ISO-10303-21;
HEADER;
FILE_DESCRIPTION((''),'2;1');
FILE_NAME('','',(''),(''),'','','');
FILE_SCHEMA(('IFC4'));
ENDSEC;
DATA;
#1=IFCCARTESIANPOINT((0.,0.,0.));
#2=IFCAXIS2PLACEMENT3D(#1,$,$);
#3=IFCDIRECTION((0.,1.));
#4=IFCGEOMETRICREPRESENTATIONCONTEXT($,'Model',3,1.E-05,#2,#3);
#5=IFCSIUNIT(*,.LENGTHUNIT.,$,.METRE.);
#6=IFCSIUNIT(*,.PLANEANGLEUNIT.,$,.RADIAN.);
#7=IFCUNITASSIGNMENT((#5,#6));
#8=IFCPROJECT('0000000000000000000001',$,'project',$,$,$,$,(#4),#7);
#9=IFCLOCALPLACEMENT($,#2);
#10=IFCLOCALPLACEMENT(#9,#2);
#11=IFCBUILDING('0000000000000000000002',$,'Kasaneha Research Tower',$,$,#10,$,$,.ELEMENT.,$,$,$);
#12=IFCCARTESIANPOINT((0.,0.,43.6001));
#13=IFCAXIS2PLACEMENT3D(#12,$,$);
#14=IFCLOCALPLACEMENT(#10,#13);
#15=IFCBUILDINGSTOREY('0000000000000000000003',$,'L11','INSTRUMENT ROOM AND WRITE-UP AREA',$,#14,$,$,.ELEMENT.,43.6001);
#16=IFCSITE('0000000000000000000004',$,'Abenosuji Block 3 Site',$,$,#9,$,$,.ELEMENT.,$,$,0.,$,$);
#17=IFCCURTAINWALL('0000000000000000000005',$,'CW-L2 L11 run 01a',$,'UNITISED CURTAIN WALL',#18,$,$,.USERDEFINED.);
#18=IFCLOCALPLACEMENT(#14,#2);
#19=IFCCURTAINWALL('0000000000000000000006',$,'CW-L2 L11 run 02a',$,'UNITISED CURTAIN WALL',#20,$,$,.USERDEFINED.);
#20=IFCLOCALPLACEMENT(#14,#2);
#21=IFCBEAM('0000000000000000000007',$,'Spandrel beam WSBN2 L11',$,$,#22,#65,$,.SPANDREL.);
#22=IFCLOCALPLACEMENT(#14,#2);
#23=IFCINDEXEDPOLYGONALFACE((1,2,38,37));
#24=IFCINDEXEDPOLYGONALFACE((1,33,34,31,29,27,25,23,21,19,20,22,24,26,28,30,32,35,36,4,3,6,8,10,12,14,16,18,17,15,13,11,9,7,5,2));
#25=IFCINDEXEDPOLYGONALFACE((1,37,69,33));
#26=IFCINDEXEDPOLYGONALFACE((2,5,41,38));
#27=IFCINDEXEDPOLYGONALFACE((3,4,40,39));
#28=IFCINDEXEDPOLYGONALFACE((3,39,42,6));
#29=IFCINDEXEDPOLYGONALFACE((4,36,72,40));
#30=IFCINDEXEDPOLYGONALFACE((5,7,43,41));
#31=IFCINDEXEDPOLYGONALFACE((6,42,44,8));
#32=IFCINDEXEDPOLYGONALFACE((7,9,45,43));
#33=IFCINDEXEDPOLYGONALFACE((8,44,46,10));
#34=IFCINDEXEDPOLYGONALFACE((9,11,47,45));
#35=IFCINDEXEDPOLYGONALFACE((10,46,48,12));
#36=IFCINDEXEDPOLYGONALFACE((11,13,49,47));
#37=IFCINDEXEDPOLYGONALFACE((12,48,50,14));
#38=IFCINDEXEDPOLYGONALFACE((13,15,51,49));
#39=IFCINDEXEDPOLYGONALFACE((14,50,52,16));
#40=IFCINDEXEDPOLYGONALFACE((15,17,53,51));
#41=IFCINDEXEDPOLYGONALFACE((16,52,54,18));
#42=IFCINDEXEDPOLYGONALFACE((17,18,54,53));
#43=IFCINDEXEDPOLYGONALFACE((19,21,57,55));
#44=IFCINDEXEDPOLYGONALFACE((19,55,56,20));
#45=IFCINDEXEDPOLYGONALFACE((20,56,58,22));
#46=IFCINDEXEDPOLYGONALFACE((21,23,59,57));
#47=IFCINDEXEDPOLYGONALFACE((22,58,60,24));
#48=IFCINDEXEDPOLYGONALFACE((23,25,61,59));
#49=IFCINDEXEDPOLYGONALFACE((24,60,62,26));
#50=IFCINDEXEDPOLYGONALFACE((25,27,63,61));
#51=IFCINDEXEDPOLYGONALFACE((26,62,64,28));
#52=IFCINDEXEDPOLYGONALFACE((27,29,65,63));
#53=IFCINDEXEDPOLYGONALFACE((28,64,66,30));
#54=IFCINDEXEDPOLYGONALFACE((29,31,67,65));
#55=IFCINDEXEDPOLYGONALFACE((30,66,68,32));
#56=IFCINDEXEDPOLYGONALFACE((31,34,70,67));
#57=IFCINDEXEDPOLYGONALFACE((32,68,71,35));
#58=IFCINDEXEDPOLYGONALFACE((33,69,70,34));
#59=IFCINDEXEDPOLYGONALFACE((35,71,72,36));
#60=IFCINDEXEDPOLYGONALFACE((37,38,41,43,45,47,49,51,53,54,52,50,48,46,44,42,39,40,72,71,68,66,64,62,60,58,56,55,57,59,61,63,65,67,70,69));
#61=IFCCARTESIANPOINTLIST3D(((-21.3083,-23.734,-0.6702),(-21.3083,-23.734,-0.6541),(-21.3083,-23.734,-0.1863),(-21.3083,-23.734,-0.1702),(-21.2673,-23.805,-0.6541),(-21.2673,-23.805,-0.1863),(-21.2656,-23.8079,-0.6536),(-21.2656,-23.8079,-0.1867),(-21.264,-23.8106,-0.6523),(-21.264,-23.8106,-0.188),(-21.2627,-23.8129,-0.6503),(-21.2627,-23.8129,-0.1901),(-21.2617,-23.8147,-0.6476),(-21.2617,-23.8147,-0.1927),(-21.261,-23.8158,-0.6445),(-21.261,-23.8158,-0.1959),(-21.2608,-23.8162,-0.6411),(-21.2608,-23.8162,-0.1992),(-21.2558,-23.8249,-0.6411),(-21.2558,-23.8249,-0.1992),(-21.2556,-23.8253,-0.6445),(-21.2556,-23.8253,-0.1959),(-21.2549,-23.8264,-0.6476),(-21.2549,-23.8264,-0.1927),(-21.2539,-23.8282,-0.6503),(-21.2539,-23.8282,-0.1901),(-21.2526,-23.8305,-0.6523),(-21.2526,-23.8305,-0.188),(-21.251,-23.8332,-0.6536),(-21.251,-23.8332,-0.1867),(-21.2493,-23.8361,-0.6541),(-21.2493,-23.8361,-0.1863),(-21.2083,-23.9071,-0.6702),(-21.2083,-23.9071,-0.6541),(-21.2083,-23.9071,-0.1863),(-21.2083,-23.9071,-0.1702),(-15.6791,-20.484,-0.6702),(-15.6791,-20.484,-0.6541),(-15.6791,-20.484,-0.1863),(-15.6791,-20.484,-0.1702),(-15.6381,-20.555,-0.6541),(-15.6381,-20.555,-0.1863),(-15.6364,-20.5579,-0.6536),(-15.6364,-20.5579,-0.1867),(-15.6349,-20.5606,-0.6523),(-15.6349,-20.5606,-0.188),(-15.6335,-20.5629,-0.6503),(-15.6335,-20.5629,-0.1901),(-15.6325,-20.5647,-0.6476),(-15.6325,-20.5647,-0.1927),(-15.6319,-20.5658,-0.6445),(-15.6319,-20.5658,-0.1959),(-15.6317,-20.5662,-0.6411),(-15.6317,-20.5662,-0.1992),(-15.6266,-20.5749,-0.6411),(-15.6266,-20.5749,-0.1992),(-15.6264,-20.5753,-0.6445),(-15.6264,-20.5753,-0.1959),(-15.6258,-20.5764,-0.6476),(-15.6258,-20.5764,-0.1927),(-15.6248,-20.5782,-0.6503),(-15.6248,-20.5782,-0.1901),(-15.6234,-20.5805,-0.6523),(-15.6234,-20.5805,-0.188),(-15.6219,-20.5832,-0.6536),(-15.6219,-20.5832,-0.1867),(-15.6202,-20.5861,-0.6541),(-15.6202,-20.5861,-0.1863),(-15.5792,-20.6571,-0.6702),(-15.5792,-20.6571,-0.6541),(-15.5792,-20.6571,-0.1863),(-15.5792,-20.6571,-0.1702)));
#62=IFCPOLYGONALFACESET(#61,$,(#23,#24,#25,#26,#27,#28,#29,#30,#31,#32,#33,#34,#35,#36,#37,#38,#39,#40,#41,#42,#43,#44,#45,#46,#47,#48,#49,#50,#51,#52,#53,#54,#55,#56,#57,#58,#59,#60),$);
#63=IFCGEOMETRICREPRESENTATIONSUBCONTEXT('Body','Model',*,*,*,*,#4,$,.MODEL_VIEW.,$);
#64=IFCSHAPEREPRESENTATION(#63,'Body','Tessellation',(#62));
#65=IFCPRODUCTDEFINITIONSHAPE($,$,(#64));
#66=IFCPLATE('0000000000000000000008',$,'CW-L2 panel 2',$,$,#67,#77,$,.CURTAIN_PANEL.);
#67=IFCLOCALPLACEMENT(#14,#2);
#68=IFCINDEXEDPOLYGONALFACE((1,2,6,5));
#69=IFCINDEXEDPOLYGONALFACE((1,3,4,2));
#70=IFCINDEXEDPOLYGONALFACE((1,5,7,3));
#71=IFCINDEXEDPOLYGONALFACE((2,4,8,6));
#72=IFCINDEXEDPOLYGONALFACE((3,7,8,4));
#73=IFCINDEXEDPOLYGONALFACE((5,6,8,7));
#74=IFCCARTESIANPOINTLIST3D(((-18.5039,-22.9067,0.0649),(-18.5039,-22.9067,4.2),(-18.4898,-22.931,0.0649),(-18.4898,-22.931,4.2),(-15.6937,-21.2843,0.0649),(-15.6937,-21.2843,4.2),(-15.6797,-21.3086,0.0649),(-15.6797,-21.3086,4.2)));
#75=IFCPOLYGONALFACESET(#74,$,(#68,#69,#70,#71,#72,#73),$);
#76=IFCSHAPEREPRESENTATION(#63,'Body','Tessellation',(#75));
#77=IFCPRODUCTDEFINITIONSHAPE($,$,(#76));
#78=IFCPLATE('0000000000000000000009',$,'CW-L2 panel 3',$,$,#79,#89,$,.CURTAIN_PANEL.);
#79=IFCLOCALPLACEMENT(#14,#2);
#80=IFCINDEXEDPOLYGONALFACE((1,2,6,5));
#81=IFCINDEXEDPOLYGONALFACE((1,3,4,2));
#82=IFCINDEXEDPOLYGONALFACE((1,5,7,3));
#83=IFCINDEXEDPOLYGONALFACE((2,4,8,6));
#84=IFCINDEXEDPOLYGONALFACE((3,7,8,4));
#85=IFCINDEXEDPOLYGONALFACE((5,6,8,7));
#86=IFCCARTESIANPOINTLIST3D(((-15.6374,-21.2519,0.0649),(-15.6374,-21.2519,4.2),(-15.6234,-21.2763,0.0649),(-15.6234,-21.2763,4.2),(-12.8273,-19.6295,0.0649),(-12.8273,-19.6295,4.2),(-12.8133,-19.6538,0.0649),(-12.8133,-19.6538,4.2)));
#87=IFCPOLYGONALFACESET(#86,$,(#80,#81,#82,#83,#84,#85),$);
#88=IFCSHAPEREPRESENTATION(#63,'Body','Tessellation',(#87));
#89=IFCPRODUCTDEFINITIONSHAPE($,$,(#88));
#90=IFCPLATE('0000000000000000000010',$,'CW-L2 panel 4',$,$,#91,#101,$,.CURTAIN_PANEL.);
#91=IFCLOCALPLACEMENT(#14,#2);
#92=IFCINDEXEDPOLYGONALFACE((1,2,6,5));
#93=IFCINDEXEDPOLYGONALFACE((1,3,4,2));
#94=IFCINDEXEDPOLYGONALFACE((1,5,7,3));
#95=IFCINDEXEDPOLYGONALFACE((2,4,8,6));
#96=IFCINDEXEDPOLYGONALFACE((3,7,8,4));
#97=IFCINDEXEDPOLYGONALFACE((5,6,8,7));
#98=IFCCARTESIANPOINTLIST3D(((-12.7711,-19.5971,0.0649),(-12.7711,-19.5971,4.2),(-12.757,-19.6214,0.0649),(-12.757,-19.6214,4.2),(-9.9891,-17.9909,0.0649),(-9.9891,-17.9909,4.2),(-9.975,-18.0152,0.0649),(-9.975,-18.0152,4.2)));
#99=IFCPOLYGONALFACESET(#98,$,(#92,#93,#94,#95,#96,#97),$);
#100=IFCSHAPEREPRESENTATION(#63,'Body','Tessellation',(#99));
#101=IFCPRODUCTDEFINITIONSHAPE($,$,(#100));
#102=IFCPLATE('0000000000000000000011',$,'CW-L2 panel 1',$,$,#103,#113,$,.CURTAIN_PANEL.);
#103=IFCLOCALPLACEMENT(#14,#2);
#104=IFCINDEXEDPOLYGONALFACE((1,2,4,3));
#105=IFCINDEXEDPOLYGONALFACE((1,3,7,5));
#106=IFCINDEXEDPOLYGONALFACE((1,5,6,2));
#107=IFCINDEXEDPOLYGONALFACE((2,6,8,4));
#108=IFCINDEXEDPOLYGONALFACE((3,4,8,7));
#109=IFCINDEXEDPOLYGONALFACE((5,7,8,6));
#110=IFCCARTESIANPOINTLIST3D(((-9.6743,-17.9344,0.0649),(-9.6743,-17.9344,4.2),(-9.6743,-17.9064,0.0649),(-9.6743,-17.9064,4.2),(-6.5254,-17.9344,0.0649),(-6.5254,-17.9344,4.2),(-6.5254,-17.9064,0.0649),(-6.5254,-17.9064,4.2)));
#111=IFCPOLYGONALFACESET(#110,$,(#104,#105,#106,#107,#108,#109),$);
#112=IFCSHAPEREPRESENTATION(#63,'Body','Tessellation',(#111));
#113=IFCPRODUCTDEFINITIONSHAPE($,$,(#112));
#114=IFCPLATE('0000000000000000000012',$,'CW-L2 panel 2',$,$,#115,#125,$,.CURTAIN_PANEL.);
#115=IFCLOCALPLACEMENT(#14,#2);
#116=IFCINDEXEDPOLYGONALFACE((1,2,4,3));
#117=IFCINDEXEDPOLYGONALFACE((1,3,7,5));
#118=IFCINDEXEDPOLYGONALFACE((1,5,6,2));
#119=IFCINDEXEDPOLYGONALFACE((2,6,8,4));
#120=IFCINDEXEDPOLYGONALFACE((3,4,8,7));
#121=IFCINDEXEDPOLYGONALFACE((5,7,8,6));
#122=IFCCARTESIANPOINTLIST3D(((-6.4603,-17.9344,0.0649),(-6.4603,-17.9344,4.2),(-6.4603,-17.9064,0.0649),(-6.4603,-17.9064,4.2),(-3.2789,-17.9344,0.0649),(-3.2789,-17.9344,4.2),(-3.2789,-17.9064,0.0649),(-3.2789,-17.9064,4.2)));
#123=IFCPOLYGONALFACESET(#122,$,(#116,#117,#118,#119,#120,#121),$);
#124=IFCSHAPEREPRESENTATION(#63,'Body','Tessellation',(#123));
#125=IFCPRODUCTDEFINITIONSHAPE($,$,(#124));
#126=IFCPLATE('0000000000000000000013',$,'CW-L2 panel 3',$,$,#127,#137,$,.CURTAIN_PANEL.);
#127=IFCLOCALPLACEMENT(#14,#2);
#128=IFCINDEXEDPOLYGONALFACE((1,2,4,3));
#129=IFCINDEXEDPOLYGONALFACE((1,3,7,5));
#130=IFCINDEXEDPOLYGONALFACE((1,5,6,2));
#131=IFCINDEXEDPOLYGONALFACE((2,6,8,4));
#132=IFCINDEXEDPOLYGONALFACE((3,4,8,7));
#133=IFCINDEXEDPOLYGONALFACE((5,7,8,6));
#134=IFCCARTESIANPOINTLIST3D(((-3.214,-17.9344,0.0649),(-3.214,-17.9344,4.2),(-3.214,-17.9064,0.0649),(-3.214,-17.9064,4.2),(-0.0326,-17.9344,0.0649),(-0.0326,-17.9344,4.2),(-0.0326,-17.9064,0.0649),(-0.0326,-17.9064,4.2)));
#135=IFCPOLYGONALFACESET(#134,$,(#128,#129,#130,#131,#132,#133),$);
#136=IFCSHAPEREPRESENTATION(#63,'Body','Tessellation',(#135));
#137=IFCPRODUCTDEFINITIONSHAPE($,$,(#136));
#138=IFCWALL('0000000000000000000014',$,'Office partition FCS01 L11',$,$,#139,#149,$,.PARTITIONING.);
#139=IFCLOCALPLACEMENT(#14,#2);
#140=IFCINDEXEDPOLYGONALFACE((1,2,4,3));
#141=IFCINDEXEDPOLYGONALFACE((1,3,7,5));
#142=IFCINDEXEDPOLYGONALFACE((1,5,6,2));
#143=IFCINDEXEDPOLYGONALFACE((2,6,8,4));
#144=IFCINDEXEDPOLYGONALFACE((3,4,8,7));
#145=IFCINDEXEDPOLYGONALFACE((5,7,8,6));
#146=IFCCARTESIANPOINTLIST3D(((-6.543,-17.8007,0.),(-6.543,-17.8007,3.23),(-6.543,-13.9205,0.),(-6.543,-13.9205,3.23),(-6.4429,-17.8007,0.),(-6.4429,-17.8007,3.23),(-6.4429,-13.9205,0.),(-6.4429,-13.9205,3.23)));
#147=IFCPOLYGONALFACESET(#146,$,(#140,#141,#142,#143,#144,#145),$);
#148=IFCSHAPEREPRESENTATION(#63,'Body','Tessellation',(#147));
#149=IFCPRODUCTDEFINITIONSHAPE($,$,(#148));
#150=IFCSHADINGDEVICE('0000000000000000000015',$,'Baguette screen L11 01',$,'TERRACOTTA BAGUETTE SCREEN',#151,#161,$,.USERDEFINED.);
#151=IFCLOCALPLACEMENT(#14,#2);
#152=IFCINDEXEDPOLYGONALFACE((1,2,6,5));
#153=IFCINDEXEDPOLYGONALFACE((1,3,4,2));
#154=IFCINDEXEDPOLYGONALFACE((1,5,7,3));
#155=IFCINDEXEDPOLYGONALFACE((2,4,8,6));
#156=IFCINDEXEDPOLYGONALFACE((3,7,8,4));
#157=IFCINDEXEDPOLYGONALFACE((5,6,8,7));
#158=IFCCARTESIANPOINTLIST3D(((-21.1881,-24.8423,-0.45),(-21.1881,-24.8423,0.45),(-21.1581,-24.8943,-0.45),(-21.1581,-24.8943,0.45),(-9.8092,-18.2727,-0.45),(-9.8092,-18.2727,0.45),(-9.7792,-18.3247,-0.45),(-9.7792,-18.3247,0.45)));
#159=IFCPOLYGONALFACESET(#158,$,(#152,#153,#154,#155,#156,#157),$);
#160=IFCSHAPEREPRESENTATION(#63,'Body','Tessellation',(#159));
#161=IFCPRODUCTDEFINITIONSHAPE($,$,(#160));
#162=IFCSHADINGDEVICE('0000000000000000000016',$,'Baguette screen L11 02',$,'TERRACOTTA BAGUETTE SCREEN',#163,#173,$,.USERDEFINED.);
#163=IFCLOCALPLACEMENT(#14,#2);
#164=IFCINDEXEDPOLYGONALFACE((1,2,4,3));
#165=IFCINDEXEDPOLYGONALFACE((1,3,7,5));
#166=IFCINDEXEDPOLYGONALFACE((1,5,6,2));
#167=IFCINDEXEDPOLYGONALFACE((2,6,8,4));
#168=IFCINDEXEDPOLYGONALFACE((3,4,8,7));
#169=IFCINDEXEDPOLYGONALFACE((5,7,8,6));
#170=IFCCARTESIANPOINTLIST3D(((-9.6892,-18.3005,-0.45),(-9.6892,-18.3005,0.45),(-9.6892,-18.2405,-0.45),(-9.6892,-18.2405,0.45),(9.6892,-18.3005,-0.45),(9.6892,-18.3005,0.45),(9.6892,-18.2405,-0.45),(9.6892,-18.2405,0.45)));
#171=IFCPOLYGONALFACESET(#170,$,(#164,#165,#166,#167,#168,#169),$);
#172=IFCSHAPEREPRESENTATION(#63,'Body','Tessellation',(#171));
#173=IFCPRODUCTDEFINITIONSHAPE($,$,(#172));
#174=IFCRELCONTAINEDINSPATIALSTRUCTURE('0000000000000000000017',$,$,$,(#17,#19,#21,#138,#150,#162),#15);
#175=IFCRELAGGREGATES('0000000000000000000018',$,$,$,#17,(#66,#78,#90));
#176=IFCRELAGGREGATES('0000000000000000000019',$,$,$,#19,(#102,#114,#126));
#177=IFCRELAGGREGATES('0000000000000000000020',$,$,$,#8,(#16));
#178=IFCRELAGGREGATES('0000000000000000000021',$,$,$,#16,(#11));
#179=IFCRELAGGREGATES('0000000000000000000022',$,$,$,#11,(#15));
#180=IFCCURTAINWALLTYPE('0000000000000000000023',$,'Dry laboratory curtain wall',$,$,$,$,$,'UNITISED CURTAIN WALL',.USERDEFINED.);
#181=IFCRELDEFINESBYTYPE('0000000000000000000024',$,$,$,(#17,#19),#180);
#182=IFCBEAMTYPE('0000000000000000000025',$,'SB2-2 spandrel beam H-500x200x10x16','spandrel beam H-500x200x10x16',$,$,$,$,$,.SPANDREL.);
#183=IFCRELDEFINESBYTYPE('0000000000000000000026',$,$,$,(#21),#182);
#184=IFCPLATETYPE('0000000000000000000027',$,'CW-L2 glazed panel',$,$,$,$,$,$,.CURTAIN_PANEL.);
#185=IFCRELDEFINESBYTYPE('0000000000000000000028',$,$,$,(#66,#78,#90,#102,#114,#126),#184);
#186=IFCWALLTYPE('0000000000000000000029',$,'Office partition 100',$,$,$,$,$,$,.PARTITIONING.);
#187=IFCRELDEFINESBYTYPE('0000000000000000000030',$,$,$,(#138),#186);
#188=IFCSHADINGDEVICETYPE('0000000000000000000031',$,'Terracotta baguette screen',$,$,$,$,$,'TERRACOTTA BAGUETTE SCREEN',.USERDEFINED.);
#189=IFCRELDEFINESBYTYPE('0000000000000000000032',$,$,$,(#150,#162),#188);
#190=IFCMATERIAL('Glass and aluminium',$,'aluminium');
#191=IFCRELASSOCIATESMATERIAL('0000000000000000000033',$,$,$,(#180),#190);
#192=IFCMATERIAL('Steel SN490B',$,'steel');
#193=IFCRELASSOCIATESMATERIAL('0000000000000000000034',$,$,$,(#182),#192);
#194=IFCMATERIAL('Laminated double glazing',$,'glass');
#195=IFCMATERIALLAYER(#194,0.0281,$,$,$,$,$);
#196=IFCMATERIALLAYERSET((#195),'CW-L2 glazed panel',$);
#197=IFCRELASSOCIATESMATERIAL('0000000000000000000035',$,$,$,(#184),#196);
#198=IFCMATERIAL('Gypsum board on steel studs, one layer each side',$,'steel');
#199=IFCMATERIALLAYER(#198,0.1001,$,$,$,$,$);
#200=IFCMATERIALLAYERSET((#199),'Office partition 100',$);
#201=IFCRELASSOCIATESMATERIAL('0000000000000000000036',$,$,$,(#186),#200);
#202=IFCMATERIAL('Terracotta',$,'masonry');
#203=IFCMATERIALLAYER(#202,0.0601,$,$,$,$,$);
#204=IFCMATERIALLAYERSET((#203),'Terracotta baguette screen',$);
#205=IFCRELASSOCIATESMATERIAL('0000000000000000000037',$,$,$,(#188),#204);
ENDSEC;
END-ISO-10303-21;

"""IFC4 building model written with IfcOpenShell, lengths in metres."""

from ifc_helpers import new_model, si_unit, direction, frame, frame_2d, origin, origin_2d, place, context, subcontext, project, spatial, rectangle, i_section, extrude, material, layer, layer_set, material_profile, profile_set, type_object, element, aggregate, save


model = new_model("IFC4")

# Units and contexts
model_context = context("Model", 3, precision=1e-05, world=origin(), true_north=direction((0.0, 1.0)))
body_context = subcontext(model_context, "Body", "Model", "MODEL_VIEW")
ifc_project = project(units=[si_unit("LENGTHUNIT", "METRE"), si_unit("PLANEANGLEUNIT", "RADIAN")], contexts=[model_context])

# Site, building, storey
site_placement = place(None, origin())
site = spatial("IfcSite", under=ifc_project, at=site_placement, Name="Abenosuji Block 3 Site", CompositionType="ELEMENT", RefElevation=0.0)
building_placement = place(site_placement, origin())
building = spatial("IfcBuilding", under=site, at=building_placement, Name="Kasaneha Research Tower", CompositionType="ELEMENT")
storey_placement = place(building_placement, frame((0.0, 0.0, 43.6001)))
storey = spatial("IfcBuildingStorey", under=building, at=storey_placement, Name="L11", Description="INSTRUMENT ROOM AND WRITE-UP AREA", CompositionType="ELEMENT", Elevation=43.6001)

# Curtain walls
ifc_material_1 = material(Name="Glass and aluminium", Category="aluminium")
curtain_wall_type = type_object("IfcCurtainWallType", Name="Dry laboratory curtain wall", ElementType="UNITISED CURTAIN WALL", PredefinedType="USERDEFINED", material=ifc_material_1)
curtain_wall_1_placement = place(storey_placement, origin())
curtain_wall_1 = element("IfcCurtainWall", 1, at=curtain_wall_1_placement, inside=storey, type_object=curtain_wall_type, Name="CW-L2 L11 run 01a", ObjectType="UNITISED CURTAIN WALL", PredefinedType="USERDEFINED")
curtain_wall_2_placement = place(storey_placement, origin())
curtain_wall_2 = element("IfcCurtainWall", 2, at=curtain_wall_2_placement, inside=storey, type_object=curtain_wall_type, Name="CW-L2 L11 run 02a", ObjectType="UNITISED CURTAIN WALL", PredefinedType="USERDEFINED")

# Beam
ifc_material_2 = material(Name="Steel SN490B", Category="steel")
ifc_material_profile_1 = material_profile(ifc_material_2, i_section(OverallWidth=0.2, OverallDepth=0.5, WebThickness=0.01, FlangeThickness=0.0161, FilletRadius=0.0129, at=origin_2d()), Name="H-500x200x10x16")
ifc_profile_set_1 = profile_set([ifc_material_profile_1], Name="Steel SN490B")
beam_type_1 = type_object("IfcBeamType", Name="SB2-2 spandrel beam H-500x200x10x16", Description="spandrel beam H-500x200x10x16", PredefinedType="SPANDREL", material=ifc_profile_set_1)
beam_1_placement = place(storey_placement, frame((-15.6292, -20.5706, -0.4202), z_axis=(-0.866025, -0.500001, 0.0), x_axis=(0.500001, -0.866025, 0.0)))
element("IfcBeam", 3, at=beam_1_placement, inside=storey, type_object=beam_type_1, Name="Spandrel beam WSBN2 L11", PredefinedType="SPANDREL", context=body_context, shape_type="SweptSolid", body=[
    extrude(i_section(OverallWidth=0.2, OverallDepth=0.5, WebThickness=0.01, FlangeThickness=0.0161, FilletRadius=0.0129, at=origin_2d()), origin(), (0.0, 0.0, 1.0), 6.5),
])

# Plates
ifc_material_3 = material(Name="Laminated double glazing", Category="glass")
ifc_layer_1 = layer(ifc_material_3, 0.0281)
ifc_layer_set_1 = layer_set([ifc_layer_1], Name="CW-L2 glazed panel")
plate_type = type_object("IfcPlateType", Name="CW-L2 glazed panel", PredefinedType="CURTAIN_PANEL", material=ifc_layer_set_1)
plate_1_placement = place(storey_placement, frame((-17.0918, -22.1077, 0.0649), z_axis=(0.0, 0.0, 1.0), x_axis=(0.866025, 0.5, 0.0)))
plate_1 = element("IfcPlate", 4, at=plate_1_placement, type_object=plate_type, Name="CW-L2 panel 2", PredefinedType="CURTAIN_PANEL", context=body_context, shape_type="SweptSolid", body=[
    extrude(rectangle(XDim=3.2449, YDim=0.0281, at=origin_2d()), origin(), (0.0, 0.0, 1.0), 4.135),
])
plate_2_placement = place(storey_placement, frame((-14.2253, -20.4529, 0.0649), z_axis=(0.0, 0.0, 1.0), x_axis=(0.866025, 0.5, 0.0)))
plate_2 = element("IfcPlate", 5, at=plate_2_placement, type_object=plate_type, Name="CW-L2 panel 3", PredefinedType="CURTAIN_PANEL", context=body_context, shape_type="SweptSolid", body=[
    extrude(rectangle(XDim=3.2449, YDim=0.0281, at=origin_2d()), origin(), (0.0, 0.0, 1.0), 4.135),
])
plate_3_placement = place(storey_placement, frame((-11.373, -18.8062, 0.0649), z_axis=(0.0, 0.0, 1.0), x_axis=(0.866025, 0.5, 0.0)))
plate_3 = element("IfcPlate", 6, at=plate_3_placement, type_object=plate_type, Name="CW-L2 panel 4", PredefinedType="CURTAIN_PANEL", context=body_context, shape_type="SweptSolid", body=[
    extrude(rectangle(XDim=3.2124, YDim=0.0281, at=origin_2d()), origin(), (0.0, 0.0, 1.0), 4.135),
])
aggregate(curtain_wall_1, [plate_1, plate_2, plate_3])
plate_4_placement = place(storey_placement, frame((-8.0999, -17.9204, 0.0649), z_axis=(0.0, 0.0, 1.0), x_axis=(1.0, 0.0, 0.0)))
plate_4 = element("IfcPlate", 7, at=plate_4_placement, type_object=plate_type, Name="CW-L2 panel 1", PredefinedType="CURTAIN_PANEL", context=body_context, shape_type="SweptSolid", body=[
    extrude(rectangle(XDim=3.1489, YDim=0.0281, at=origin_2d()), origin(), (0.0, 0.0, 1.0), 4.135),
])
plate_5_placement = place(storey_placement, frame((-4.8696, -17.9204, 0.0649), z_axis=(0.0, 0.0, 1.0), x_axis=(1.0, 0.0, 0.0)))
plate_5 = element("IfcPlate", 8, at=plate_5_placement, type_object=plate_type, Name="CW-L2 panel 2", PredefinedType="CURTAIN_PANEL", context=body_context, shape_type="SweptSolid", body=[
    extrude(rectangle(XDim=3.1814, YDim=0.0281, at=origin_2d()), origin(), (0.0, 0.0, 1.0), 4.135),
])
plate_6_placement = place(storey_placement, frame((-1.6233, -17.9204, 0.0649), z_axis=(0.0, 0.0, 1.0), x_axis=(1.0, 0.0, 0.0)))
plate_6 = element("IfcPlate", 9, at=plate_6_placement, type_object=plate_type, Name="CW-L2 panel 3", PredefinedType="CURTAIN_PANEL", context=body_context, shape_type="SweptSolid", body=[
    extrude(rectangle(XDim=3.1814, YDim=0.0281, at=origin_2d()), origin(), (0.0, 0.0, 1.0), 4.135),
])
aggregate(curtain_wall_2, [plate_4, plate_5, plate_6])

# Wall
ifc_material_4 = material(Name="Gypsum board on steel studs, one layer each side", Category="steel")
ifc_layer_2 = layer(ifc_material_4, 0.1001)
ifc_layer_set_2 = layer_set([ifc_layer_2], Name="Office partition 100")
wall_type = type_object("IfcWallType", Name="Office partition 100", PredefinedType="PARTITIONING", material=ifc_layer_set_2)
wall_placement = place(storey_placement, frame((-6.4929, -17.8005, 0.0), z_axis=(0.0, 0.0, 1.0), x_axis=(0.0, 1.0, 0.0)))
element("IfcWall", 10, at=wall_placement, inside=storey, type_object=wall_type, Name="Office partition FCS01 L11", PredefinedType="PARTITIONING", context=body_context, shape_type="SweptSolid", body=[
    extrude(rectangle(XDim=3.8801, YDim=0.1001, at=frame_2d((1.9399, 0.0))), origin(), (0.0, 0.0, 1.0), 3.23),
])

# Shading devices
ifc_material_5 = material(Name="Terracotta", Category="masonry")
ifc_layer_3 = layer(ifc_material_5, 0.0601)
ifc_layer_set_3 = layer_set([ifc_layer_3], Name="Terracotta baguette screen")
shading_device_type = type_object("IfcShadingDeviceType", Name="Terracotta baguette screen", ElementType="TERRACOTTA BAGUETTE SCREEN", PredefinedType="USERDEFINED", material=ifc_layer_set_3)
shading_device_1_placement = place(storey_placement, frame((-15.4836, -21.5835, -0.45), z_axis=(0.0, 0.0, 1.0), x_axis=(0.866025, 0.5, 0.0)))
element("IfcShadingDevice", 11, at=shading_device_1_placement, inside=storey, type_object=shading_device_type, Name="Baguette screen L11 01", ObjectType="TERRACOTTA BAGUETTE SCREEN", PredefinedType="USERDEFINED", context=body_context, shape_type="SweptSolid", body=[
    extrude(rectangle(XDim=13.1392, YDim=0.0601, at=origin_2d()), origin(), (0.0, 0.0, 1.0), 0.8999),
])
shading_device_2_placement = place(storey_placement, frame((0.0, -18.2705, -0.45), z_axis=(0.0, 0.0, 1.0), x_axis=(1.0, 0.0, 0.0)))
element("IfcShadingDevice", 12, at=shading_device_2_placement, inside=storey, type_object=shading_device_type, Name="Baguette screen L11 02", ObjectType="TERRACOTTA BAGUETTE SCREEN", PredefinedType="USERDEFINED", context=body_context, shape_type="SweptSolid", body=[
    extrude(rectangle(XDim=19.3784, YDim=0.0601, at=origin_2d()), origin(), (0.0, 0.0, 1.0), 0.8999),
])

save(model, "model.ifc")
